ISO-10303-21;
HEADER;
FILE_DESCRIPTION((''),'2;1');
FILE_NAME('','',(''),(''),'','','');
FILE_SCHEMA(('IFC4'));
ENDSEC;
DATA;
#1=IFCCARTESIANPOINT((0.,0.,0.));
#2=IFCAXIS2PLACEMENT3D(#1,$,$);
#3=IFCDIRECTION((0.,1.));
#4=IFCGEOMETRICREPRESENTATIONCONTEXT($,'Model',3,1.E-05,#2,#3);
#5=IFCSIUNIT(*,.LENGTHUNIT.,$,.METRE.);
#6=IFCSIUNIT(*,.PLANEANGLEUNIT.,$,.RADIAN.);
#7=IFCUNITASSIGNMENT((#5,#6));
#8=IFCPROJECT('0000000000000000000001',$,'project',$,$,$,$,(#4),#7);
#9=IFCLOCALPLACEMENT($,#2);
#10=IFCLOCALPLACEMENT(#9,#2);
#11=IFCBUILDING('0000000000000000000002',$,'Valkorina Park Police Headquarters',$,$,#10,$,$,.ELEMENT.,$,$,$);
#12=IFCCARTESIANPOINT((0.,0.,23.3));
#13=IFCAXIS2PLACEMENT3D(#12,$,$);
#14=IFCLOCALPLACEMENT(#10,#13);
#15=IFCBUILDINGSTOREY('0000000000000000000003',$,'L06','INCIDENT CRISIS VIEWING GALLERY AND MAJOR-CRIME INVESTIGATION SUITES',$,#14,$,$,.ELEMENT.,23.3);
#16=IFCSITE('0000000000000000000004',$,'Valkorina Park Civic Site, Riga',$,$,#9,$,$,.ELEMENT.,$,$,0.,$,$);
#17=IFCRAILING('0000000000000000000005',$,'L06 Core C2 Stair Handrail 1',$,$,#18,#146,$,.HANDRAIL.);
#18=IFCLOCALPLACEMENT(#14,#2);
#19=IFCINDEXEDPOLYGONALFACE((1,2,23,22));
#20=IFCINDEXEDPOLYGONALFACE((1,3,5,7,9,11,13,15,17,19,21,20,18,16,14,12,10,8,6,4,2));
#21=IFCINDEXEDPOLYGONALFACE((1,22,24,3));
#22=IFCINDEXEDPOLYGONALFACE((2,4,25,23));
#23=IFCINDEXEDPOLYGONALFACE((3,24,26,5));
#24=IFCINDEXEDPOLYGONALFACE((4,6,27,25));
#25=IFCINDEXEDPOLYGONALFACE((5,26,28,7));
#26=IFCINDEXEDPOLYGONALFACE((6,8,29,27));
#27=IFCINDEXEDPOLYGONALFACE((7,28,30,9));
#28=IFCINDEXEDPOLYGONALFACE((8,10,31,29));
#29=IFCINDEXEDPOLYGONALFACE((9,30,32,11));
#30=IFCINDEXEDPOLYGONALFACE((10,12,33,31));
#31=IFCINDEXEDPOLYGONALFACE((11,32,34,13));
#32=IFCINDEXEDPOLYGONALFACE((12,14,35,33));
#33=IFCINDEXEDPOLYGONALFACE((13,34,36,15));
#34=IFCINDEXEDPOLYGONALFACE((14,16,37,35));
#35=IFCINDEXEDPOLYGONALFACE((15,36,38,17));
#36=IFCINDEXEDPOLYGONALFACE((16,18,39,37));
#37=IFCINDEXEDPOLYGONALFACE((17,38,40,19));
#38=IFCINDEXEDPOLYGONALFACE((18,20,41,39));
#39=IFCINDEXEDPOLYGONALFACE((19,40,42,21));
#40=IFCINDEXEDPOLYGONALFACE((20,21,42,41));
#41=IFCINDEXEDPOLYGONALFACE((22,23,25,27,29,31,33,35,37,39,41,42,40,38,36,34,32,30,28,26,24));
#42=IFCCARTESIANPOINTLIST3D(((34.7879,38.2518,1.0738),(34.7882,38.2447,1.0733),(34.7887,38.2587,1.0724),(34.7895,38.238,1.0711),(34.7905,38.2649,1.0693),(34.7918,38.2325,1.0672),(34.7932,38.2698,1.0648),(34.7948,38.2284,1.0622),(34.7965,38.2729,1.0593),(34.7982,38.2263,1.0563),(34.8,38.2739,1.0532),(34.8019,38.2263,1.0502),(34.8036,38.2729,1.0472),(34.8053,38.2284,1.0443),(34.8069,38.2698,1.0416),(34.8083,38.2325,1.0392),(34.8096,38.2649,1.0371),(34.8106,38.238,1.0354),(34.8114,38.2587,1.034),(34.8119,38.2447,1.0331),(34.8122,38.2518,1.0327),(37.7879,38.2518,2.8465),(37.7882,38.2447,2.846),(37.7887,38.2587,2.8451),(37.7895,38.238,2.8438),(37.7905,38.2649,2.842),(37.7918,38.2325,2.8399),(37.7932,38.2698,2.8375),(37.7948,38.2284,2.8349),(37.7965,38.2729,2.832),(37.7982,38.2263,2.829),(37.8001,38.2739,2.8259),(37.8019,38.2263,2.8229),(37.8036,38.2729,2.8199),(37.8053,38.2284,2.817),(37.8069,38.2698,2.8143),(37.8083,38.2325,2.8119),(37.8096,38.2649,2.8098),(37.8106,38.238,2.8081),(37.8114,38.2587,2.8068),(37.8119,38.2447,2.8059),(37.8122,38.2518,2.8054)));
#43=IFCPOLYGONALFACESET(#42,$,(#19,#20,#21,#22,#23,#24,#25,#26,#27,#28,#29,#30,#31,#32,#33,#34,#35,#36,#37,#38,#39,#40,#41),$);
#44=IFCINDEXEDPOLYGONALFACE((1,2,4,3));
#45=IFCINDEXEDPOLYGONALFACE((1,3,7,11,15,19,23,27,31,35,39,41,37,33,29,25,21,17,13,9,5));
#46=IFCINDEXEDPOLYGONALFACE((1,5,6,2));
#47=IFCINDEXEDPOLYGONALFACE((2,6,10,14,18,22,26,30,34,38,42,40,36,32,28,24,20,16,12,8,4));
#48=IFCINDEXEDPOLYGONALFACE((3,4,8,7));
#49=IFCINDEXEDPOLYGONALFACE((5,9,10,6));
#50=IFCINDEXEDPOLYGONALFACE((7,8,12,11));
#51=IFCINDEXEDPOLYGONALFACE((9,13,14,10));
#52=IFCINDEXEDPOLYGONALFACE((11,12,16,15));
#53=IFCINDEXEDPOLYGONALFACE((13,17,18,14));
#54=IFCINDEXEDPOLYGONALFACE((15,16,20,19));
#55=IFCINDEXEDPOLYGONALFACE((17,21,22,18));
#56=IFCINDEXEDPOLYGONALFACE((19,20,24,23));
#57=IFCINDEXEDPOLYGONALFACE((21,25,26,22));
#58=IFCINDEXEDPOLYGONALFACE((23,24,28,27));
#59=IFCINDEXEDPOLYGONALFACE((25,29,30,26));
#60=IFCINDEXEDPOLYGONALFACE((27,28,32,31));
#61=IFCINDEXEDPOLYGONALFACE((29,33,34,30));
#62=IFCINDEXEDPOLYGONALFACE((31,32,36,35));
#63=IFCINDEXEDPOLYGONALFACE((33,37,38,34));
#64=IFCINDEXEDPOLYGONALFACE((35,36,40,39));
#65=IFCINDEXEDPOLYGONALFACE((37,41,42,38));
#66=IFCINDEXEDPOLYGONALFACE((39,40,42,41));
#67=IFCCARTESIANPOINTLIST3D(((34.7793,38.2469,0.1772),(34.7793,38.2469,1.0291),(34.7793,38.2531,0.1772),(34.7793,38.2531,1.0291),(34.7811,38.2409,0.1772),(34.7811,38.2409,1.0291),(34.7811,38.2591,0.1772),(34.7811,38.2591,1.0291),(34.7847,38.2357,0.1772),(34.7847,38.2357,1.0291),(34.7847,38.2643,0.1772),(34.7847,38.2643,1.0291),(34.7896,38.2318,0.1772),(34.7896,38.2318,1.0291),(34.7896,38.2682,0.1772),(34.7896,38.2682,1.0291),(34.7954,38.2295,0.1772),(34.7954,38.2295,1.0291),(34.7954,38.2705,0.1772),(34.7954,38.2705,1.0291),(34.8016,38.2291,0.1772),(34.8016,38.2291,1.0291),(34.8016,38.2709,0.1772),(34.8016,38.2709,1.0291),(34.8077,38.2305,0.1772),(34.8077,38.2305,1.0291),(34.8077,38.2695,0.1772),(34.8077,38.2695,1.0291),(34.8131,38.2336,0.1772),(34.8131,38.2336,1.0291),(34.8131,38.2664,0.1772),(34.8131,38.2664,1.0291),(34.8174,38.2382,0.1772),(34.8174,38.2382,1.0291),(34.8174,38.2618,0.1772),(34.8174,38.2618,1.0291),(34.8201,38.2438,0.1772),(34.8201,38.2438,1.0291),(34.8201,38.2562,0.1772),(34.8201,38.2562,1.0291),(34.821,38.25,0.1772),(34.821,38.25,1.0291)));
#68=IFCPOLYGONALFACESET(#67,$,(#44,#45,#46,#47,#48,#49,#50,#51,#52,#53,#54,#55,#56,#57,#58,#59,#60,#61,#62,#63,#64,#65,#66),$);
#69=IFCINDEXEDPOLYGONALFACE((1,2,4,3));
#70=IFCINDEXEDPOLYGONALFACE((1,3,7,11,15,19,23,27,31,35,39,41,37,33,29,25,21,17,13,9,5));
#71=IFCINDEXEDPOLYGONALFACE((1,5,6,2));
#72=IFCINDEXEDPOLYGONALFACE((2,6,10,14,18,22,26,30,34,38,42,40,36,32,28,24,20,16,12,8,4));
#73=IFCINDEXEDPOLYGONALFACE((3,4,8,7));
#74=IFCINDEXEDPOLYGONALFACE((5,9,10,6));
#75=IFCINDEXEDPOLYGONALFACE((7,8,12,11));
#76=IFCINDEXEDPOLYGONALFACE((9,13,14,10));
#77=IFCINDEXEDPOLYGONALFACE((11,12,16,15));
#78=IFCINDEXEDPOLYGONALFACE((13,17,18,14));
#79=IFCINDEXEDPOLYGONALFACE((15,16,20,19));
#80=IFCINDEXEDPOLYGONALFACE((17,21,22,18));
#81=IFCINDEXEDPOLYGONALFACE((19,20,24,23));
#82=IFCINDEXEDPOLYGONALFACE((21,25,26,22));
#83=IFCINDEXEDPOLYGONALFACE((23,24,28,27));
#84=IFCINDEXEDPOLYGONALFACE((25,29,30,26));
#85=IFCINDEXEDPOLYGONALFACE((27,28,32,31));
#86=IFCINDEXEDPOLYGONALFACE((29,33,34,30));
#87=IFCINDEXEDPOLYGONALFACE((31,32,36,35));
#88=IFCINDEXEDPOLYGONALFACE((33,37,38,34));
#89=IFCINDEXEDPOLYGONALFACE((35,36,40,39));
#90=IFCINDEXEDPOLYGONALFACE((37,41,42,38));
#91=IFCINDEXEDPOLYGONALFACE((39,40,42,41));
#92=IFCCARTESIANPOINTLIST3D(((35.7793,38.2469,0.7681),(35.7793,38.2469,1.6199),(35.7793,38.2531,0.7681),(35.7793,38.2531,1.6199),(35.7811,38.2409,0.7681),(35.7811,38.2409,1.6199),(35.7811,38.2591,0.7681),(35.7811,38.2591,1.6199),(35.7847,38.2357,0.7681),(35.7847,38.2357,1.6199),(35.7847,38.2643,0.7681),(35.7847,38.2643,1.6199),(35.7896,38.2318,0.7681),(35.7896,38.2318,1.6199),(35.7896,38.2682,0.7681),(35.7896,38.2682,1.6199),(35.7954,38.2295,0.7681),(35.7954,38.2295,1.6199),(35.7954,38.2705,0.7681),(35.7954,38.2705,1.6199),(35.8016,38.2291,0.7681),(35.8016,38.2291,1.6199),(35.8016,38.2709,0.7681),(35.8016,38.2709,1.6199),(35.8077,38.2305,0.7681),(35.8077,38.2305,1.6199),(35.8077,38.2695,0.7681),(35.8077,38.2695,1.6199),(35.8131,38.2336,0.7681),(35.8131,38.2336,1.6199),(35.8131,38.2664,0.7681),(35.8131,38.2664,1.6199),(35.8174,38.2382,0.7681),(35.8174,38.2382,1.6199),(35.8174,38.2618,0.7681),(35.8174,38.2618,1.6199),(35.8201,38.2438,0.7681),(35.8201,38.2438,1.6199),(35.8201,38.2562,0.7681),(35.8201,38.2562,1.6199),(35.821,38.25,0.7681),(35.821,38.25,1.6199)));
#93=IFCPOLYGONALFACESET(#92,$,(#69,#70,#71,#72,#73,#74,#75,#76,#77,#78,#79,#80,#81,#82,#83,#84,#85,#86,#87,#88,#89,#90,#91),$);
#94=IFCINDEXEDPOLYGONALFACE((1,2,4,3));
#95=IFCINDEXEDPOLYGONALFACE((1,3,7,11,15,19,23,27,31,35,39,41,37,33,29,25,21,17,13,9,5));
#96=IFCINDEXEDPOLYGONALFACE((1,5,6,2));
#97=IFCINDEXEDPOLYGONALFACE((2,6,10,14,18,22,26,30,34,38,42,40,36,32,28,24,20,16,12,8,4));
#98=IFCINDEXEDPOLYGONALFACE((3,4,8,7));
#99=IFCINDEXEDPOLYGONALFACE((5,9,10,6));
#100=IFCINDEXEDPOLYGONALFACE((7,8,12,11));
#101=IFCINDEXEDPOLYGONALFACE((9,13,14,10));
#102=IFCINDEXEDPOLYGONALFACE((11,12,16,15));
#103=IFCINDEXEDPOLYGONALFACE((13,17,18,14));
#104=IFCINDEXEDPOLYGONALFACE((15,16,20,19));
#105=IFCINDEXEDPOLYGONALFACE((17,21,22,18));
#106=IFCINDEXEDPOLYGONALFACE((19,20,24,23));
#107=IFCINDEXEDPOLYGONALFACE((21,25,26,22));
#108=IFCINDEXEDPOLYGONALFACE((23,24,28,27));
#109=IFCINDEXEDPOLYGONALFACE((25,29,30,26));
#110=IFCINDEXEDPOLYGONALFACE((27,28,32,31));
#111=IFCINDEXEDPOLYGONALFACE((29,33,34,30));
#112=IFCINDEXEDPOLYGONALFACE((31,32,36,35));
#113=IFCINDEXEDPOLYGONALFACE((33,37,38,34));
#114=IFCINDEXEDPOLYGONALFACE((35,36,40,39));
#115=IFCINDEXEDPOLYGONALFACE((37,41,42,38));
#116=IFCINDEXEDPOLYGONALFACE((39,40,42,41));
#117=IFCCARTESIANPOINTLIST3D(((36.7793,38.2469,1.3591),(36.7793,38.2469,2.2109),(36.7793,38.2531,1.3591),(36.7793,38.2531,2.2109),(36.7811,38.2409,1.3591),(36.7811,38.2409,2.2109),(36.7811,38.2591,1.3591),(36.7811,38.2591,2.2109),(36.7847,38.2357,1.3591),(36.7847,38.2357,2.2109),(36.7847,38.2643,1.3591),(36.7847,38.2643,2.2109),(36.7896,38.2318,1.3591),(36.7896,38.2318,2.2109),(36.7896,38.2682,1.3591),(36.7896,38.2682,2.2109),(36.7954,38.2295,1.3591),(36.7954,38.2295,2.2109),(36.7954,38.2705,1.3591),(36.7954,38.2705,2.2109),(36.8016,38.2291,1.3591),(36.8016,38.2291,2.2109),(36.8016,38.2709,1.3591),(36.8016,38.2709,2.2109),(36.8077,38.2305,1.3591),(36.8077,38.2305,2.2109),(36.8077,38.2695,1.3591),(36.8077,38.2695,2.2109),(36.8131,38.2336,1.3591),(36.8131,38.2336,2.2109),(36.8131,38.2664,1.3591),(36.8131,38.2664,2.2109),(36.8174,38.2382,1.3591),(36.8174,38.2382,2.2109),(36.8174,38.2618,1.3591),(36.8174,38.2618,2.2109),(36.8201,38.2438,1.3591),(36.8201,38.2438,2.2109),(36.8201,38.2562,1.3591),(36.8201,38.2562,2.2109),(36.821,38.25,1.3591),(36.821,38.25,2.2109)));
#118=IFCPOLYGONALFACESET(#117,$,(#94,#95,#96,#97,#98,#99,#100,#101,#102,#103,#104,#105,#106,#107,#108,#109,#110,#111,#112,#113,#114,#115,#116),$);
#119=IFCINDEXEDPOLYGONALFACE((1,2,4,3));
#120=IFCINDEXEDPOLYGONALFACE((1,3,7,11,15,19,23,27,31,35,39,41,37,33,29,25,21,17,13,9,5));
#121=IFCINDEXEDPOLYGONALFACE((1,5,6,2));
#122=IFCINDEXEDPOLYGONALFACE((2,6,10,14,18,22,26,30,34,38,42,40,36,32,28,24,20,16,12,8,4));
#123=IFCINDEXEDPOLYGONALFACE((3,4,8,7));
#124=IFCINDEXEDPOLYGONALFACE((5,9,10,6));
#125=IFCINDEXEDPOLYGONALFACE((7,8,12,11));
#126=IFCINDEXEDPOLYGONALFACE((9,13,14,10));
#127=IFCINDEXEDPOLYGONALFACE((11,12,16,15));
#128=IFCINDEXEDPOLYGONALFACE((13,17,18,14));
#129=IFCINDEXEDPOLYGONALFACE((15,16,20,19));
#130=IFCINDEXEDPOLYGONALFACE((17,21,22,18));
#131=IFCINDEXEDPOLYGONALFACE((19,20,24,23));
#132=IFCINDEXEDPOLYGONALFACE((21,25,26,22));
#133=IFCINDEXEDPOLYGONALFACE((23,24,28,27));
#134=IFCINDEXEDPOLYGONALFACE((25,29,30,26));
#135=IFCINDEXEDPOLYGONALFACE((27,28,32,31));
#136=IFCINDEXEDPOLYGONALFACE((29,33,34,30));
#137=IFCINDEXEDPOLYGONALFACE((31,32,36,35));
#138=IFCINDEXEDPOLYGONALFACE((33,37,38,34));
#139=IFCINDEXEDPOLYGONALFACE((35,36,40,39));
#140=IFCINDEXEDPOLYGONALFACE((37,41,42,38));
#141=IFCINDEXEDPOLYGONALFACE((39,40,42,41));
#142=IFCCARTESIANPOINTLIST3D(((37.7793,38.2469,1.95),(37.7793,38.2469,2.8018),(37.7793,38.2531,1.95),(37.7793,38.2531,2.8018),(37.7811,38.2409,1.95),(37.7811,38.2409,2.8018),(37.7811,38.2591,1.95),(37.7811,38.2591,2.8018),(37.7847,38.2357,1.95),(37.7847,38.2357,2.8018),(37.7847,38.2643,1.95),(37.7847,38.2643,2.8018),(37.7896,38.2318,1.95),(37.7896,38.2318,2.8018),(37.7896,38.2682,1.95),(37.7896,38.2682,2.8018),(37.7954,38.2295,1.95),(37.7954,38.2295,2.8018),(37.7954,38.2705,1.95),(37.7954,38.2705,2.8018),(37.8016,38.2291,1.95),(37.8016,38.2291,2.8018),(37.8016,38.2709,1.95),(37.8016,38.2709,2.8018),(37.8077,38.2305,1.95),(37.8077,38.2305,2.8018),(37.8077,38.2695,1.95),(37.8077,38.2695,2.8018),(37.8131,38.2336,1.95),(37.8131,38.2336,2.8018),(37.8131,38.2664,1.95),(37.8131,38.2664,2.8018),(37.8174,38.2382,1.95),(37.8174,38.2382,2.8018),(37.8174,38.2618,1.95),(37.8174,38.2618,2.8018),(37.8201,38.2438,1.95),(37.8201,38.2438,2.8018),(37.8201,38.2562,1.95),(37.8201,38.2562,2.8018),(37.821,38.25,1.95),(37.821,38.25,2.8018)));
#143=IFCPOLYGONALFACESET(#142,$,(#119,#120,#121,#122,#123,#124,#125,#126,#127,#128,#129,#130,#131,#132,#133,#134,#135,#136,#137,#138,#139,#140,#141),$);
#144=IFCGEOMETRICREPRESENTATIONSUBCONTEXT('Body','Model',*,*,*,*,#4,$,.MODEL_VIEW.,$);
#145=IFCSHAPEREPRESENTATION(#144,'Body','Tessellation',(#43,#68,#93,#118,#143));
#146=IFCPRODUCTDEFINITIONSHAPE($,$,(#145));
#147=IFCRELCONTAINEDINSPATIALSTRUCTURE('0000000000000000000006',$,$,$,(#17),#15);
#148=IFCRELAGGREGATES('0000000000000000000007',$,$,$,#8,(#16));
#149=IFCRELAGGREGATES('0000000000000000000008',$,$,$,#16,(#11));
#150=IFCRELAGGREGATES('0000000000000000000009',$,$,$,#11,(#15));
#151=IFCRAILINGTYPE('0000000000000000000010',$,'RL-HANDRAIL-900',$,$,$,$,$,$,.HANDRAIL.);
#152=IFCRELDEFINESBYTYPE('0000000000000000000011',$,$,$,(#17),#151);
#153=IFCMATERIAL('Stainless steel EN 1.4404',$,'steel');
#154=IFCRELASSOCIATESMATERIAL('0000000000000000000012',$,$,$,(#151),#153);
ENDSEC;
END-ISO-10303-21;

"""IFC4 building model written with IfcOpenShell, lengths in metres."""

from ifc_helpers import new_model, si_unit, direction, frame, origin, origin_2d, place, context, subcontext, project, spatial, circle, extrude, material, type_object, element, save


model = new_model("IFC4")

# Units and contexts
model_context = context("Model", 3, precision=1e-05, world=origin(), true_north=direction((0.0, 1.0)))
body_context = subcontext(model_context, "Body", "Model", "MODEL_VIEW")
ifc_project = project(units=[si_unit("LENGTHUNIT", "METRE"), si_unit("PLANEANGLEUNIT", "RADIAN")], contexts=[model_context])

# Site, building, storey
site_placement = place(None, origin())
site = spatial("IfcSite", under=ifc_project, at=site_placement, Name="Valkorina Park Civic Site, Riga", CompositionType="ELEMENT", RefElevation=0.0)
building_placement = place(site_placement, origin())
building = spatial("IfcBuilding", under=site, at=building_placement, Name="Valkorina Park Police Headquarters", CompositionType="ELEMENT")
storey_placement = place(building_placement, frame((0.0, 0.0, 23.3)))
storey = spatial("IfcBuildingStorey", under=building, at=storey_placement, Name="L06", Description="INCIDENT CRISIS VIEWING GALLERY AND MAJOR-CRIME INVESTIGATION SUITES", CompositionType="ELEMENT", Elevation=23.3)

# Railing
ifc_material_1 = material(Name="Stainless steel EN 1.4404", Category="steel")
railing_type_1 = type_object("IfcRailingType", Name="RL-HANDRAIL-900", PredefinedType="HANDRAIL", material=ifc_material_1)
railing_1_placement = place(storey_placement, frame((34.8, 38.25, 0.1772)))
element("IfcRailing", 1, at=railing_1_placement, inside=storey, type_object=railing_type_1, Name="L06 Core C2 Stair Handrail 1", PredefinedType="HANDRAIL", context=body_context, shape_type="SweptSolid", body=[
    extrude(circle(Radius=0.0239, at=origin_2d()), frame((0.0, 0.0, 0.876), z_axis=(0.860929, 0.0, 0.508725), x_axis=(0.0, 1.0, 0.0)), (0.0, 0.0, 1.0), 3.4846),
    extrude(circle(Radius=0.021, at=origin_2d()), origin(), (0.0, 0.0, 1.0), 0.8518),
    extrude(circle(Radius=0.021, at=origin_2d()), frame((1.0, 0.0, 0.5908)), (0.0, 0.0, 1.0), 0.8518),
    extrude(circle(Radius=0.021, at=origin_2d()), frame((2.0, 0.0, 1.1819)), (0.0, 0.0, 1.0), 0.8518),
    extrude(circle(Radius=0.021, at=origin_2d()), frame((3.0, 0.0, 1.7727)), (0.0, 0.0, 1.0), 0.8518),
])

save(model, "model.ifc")
